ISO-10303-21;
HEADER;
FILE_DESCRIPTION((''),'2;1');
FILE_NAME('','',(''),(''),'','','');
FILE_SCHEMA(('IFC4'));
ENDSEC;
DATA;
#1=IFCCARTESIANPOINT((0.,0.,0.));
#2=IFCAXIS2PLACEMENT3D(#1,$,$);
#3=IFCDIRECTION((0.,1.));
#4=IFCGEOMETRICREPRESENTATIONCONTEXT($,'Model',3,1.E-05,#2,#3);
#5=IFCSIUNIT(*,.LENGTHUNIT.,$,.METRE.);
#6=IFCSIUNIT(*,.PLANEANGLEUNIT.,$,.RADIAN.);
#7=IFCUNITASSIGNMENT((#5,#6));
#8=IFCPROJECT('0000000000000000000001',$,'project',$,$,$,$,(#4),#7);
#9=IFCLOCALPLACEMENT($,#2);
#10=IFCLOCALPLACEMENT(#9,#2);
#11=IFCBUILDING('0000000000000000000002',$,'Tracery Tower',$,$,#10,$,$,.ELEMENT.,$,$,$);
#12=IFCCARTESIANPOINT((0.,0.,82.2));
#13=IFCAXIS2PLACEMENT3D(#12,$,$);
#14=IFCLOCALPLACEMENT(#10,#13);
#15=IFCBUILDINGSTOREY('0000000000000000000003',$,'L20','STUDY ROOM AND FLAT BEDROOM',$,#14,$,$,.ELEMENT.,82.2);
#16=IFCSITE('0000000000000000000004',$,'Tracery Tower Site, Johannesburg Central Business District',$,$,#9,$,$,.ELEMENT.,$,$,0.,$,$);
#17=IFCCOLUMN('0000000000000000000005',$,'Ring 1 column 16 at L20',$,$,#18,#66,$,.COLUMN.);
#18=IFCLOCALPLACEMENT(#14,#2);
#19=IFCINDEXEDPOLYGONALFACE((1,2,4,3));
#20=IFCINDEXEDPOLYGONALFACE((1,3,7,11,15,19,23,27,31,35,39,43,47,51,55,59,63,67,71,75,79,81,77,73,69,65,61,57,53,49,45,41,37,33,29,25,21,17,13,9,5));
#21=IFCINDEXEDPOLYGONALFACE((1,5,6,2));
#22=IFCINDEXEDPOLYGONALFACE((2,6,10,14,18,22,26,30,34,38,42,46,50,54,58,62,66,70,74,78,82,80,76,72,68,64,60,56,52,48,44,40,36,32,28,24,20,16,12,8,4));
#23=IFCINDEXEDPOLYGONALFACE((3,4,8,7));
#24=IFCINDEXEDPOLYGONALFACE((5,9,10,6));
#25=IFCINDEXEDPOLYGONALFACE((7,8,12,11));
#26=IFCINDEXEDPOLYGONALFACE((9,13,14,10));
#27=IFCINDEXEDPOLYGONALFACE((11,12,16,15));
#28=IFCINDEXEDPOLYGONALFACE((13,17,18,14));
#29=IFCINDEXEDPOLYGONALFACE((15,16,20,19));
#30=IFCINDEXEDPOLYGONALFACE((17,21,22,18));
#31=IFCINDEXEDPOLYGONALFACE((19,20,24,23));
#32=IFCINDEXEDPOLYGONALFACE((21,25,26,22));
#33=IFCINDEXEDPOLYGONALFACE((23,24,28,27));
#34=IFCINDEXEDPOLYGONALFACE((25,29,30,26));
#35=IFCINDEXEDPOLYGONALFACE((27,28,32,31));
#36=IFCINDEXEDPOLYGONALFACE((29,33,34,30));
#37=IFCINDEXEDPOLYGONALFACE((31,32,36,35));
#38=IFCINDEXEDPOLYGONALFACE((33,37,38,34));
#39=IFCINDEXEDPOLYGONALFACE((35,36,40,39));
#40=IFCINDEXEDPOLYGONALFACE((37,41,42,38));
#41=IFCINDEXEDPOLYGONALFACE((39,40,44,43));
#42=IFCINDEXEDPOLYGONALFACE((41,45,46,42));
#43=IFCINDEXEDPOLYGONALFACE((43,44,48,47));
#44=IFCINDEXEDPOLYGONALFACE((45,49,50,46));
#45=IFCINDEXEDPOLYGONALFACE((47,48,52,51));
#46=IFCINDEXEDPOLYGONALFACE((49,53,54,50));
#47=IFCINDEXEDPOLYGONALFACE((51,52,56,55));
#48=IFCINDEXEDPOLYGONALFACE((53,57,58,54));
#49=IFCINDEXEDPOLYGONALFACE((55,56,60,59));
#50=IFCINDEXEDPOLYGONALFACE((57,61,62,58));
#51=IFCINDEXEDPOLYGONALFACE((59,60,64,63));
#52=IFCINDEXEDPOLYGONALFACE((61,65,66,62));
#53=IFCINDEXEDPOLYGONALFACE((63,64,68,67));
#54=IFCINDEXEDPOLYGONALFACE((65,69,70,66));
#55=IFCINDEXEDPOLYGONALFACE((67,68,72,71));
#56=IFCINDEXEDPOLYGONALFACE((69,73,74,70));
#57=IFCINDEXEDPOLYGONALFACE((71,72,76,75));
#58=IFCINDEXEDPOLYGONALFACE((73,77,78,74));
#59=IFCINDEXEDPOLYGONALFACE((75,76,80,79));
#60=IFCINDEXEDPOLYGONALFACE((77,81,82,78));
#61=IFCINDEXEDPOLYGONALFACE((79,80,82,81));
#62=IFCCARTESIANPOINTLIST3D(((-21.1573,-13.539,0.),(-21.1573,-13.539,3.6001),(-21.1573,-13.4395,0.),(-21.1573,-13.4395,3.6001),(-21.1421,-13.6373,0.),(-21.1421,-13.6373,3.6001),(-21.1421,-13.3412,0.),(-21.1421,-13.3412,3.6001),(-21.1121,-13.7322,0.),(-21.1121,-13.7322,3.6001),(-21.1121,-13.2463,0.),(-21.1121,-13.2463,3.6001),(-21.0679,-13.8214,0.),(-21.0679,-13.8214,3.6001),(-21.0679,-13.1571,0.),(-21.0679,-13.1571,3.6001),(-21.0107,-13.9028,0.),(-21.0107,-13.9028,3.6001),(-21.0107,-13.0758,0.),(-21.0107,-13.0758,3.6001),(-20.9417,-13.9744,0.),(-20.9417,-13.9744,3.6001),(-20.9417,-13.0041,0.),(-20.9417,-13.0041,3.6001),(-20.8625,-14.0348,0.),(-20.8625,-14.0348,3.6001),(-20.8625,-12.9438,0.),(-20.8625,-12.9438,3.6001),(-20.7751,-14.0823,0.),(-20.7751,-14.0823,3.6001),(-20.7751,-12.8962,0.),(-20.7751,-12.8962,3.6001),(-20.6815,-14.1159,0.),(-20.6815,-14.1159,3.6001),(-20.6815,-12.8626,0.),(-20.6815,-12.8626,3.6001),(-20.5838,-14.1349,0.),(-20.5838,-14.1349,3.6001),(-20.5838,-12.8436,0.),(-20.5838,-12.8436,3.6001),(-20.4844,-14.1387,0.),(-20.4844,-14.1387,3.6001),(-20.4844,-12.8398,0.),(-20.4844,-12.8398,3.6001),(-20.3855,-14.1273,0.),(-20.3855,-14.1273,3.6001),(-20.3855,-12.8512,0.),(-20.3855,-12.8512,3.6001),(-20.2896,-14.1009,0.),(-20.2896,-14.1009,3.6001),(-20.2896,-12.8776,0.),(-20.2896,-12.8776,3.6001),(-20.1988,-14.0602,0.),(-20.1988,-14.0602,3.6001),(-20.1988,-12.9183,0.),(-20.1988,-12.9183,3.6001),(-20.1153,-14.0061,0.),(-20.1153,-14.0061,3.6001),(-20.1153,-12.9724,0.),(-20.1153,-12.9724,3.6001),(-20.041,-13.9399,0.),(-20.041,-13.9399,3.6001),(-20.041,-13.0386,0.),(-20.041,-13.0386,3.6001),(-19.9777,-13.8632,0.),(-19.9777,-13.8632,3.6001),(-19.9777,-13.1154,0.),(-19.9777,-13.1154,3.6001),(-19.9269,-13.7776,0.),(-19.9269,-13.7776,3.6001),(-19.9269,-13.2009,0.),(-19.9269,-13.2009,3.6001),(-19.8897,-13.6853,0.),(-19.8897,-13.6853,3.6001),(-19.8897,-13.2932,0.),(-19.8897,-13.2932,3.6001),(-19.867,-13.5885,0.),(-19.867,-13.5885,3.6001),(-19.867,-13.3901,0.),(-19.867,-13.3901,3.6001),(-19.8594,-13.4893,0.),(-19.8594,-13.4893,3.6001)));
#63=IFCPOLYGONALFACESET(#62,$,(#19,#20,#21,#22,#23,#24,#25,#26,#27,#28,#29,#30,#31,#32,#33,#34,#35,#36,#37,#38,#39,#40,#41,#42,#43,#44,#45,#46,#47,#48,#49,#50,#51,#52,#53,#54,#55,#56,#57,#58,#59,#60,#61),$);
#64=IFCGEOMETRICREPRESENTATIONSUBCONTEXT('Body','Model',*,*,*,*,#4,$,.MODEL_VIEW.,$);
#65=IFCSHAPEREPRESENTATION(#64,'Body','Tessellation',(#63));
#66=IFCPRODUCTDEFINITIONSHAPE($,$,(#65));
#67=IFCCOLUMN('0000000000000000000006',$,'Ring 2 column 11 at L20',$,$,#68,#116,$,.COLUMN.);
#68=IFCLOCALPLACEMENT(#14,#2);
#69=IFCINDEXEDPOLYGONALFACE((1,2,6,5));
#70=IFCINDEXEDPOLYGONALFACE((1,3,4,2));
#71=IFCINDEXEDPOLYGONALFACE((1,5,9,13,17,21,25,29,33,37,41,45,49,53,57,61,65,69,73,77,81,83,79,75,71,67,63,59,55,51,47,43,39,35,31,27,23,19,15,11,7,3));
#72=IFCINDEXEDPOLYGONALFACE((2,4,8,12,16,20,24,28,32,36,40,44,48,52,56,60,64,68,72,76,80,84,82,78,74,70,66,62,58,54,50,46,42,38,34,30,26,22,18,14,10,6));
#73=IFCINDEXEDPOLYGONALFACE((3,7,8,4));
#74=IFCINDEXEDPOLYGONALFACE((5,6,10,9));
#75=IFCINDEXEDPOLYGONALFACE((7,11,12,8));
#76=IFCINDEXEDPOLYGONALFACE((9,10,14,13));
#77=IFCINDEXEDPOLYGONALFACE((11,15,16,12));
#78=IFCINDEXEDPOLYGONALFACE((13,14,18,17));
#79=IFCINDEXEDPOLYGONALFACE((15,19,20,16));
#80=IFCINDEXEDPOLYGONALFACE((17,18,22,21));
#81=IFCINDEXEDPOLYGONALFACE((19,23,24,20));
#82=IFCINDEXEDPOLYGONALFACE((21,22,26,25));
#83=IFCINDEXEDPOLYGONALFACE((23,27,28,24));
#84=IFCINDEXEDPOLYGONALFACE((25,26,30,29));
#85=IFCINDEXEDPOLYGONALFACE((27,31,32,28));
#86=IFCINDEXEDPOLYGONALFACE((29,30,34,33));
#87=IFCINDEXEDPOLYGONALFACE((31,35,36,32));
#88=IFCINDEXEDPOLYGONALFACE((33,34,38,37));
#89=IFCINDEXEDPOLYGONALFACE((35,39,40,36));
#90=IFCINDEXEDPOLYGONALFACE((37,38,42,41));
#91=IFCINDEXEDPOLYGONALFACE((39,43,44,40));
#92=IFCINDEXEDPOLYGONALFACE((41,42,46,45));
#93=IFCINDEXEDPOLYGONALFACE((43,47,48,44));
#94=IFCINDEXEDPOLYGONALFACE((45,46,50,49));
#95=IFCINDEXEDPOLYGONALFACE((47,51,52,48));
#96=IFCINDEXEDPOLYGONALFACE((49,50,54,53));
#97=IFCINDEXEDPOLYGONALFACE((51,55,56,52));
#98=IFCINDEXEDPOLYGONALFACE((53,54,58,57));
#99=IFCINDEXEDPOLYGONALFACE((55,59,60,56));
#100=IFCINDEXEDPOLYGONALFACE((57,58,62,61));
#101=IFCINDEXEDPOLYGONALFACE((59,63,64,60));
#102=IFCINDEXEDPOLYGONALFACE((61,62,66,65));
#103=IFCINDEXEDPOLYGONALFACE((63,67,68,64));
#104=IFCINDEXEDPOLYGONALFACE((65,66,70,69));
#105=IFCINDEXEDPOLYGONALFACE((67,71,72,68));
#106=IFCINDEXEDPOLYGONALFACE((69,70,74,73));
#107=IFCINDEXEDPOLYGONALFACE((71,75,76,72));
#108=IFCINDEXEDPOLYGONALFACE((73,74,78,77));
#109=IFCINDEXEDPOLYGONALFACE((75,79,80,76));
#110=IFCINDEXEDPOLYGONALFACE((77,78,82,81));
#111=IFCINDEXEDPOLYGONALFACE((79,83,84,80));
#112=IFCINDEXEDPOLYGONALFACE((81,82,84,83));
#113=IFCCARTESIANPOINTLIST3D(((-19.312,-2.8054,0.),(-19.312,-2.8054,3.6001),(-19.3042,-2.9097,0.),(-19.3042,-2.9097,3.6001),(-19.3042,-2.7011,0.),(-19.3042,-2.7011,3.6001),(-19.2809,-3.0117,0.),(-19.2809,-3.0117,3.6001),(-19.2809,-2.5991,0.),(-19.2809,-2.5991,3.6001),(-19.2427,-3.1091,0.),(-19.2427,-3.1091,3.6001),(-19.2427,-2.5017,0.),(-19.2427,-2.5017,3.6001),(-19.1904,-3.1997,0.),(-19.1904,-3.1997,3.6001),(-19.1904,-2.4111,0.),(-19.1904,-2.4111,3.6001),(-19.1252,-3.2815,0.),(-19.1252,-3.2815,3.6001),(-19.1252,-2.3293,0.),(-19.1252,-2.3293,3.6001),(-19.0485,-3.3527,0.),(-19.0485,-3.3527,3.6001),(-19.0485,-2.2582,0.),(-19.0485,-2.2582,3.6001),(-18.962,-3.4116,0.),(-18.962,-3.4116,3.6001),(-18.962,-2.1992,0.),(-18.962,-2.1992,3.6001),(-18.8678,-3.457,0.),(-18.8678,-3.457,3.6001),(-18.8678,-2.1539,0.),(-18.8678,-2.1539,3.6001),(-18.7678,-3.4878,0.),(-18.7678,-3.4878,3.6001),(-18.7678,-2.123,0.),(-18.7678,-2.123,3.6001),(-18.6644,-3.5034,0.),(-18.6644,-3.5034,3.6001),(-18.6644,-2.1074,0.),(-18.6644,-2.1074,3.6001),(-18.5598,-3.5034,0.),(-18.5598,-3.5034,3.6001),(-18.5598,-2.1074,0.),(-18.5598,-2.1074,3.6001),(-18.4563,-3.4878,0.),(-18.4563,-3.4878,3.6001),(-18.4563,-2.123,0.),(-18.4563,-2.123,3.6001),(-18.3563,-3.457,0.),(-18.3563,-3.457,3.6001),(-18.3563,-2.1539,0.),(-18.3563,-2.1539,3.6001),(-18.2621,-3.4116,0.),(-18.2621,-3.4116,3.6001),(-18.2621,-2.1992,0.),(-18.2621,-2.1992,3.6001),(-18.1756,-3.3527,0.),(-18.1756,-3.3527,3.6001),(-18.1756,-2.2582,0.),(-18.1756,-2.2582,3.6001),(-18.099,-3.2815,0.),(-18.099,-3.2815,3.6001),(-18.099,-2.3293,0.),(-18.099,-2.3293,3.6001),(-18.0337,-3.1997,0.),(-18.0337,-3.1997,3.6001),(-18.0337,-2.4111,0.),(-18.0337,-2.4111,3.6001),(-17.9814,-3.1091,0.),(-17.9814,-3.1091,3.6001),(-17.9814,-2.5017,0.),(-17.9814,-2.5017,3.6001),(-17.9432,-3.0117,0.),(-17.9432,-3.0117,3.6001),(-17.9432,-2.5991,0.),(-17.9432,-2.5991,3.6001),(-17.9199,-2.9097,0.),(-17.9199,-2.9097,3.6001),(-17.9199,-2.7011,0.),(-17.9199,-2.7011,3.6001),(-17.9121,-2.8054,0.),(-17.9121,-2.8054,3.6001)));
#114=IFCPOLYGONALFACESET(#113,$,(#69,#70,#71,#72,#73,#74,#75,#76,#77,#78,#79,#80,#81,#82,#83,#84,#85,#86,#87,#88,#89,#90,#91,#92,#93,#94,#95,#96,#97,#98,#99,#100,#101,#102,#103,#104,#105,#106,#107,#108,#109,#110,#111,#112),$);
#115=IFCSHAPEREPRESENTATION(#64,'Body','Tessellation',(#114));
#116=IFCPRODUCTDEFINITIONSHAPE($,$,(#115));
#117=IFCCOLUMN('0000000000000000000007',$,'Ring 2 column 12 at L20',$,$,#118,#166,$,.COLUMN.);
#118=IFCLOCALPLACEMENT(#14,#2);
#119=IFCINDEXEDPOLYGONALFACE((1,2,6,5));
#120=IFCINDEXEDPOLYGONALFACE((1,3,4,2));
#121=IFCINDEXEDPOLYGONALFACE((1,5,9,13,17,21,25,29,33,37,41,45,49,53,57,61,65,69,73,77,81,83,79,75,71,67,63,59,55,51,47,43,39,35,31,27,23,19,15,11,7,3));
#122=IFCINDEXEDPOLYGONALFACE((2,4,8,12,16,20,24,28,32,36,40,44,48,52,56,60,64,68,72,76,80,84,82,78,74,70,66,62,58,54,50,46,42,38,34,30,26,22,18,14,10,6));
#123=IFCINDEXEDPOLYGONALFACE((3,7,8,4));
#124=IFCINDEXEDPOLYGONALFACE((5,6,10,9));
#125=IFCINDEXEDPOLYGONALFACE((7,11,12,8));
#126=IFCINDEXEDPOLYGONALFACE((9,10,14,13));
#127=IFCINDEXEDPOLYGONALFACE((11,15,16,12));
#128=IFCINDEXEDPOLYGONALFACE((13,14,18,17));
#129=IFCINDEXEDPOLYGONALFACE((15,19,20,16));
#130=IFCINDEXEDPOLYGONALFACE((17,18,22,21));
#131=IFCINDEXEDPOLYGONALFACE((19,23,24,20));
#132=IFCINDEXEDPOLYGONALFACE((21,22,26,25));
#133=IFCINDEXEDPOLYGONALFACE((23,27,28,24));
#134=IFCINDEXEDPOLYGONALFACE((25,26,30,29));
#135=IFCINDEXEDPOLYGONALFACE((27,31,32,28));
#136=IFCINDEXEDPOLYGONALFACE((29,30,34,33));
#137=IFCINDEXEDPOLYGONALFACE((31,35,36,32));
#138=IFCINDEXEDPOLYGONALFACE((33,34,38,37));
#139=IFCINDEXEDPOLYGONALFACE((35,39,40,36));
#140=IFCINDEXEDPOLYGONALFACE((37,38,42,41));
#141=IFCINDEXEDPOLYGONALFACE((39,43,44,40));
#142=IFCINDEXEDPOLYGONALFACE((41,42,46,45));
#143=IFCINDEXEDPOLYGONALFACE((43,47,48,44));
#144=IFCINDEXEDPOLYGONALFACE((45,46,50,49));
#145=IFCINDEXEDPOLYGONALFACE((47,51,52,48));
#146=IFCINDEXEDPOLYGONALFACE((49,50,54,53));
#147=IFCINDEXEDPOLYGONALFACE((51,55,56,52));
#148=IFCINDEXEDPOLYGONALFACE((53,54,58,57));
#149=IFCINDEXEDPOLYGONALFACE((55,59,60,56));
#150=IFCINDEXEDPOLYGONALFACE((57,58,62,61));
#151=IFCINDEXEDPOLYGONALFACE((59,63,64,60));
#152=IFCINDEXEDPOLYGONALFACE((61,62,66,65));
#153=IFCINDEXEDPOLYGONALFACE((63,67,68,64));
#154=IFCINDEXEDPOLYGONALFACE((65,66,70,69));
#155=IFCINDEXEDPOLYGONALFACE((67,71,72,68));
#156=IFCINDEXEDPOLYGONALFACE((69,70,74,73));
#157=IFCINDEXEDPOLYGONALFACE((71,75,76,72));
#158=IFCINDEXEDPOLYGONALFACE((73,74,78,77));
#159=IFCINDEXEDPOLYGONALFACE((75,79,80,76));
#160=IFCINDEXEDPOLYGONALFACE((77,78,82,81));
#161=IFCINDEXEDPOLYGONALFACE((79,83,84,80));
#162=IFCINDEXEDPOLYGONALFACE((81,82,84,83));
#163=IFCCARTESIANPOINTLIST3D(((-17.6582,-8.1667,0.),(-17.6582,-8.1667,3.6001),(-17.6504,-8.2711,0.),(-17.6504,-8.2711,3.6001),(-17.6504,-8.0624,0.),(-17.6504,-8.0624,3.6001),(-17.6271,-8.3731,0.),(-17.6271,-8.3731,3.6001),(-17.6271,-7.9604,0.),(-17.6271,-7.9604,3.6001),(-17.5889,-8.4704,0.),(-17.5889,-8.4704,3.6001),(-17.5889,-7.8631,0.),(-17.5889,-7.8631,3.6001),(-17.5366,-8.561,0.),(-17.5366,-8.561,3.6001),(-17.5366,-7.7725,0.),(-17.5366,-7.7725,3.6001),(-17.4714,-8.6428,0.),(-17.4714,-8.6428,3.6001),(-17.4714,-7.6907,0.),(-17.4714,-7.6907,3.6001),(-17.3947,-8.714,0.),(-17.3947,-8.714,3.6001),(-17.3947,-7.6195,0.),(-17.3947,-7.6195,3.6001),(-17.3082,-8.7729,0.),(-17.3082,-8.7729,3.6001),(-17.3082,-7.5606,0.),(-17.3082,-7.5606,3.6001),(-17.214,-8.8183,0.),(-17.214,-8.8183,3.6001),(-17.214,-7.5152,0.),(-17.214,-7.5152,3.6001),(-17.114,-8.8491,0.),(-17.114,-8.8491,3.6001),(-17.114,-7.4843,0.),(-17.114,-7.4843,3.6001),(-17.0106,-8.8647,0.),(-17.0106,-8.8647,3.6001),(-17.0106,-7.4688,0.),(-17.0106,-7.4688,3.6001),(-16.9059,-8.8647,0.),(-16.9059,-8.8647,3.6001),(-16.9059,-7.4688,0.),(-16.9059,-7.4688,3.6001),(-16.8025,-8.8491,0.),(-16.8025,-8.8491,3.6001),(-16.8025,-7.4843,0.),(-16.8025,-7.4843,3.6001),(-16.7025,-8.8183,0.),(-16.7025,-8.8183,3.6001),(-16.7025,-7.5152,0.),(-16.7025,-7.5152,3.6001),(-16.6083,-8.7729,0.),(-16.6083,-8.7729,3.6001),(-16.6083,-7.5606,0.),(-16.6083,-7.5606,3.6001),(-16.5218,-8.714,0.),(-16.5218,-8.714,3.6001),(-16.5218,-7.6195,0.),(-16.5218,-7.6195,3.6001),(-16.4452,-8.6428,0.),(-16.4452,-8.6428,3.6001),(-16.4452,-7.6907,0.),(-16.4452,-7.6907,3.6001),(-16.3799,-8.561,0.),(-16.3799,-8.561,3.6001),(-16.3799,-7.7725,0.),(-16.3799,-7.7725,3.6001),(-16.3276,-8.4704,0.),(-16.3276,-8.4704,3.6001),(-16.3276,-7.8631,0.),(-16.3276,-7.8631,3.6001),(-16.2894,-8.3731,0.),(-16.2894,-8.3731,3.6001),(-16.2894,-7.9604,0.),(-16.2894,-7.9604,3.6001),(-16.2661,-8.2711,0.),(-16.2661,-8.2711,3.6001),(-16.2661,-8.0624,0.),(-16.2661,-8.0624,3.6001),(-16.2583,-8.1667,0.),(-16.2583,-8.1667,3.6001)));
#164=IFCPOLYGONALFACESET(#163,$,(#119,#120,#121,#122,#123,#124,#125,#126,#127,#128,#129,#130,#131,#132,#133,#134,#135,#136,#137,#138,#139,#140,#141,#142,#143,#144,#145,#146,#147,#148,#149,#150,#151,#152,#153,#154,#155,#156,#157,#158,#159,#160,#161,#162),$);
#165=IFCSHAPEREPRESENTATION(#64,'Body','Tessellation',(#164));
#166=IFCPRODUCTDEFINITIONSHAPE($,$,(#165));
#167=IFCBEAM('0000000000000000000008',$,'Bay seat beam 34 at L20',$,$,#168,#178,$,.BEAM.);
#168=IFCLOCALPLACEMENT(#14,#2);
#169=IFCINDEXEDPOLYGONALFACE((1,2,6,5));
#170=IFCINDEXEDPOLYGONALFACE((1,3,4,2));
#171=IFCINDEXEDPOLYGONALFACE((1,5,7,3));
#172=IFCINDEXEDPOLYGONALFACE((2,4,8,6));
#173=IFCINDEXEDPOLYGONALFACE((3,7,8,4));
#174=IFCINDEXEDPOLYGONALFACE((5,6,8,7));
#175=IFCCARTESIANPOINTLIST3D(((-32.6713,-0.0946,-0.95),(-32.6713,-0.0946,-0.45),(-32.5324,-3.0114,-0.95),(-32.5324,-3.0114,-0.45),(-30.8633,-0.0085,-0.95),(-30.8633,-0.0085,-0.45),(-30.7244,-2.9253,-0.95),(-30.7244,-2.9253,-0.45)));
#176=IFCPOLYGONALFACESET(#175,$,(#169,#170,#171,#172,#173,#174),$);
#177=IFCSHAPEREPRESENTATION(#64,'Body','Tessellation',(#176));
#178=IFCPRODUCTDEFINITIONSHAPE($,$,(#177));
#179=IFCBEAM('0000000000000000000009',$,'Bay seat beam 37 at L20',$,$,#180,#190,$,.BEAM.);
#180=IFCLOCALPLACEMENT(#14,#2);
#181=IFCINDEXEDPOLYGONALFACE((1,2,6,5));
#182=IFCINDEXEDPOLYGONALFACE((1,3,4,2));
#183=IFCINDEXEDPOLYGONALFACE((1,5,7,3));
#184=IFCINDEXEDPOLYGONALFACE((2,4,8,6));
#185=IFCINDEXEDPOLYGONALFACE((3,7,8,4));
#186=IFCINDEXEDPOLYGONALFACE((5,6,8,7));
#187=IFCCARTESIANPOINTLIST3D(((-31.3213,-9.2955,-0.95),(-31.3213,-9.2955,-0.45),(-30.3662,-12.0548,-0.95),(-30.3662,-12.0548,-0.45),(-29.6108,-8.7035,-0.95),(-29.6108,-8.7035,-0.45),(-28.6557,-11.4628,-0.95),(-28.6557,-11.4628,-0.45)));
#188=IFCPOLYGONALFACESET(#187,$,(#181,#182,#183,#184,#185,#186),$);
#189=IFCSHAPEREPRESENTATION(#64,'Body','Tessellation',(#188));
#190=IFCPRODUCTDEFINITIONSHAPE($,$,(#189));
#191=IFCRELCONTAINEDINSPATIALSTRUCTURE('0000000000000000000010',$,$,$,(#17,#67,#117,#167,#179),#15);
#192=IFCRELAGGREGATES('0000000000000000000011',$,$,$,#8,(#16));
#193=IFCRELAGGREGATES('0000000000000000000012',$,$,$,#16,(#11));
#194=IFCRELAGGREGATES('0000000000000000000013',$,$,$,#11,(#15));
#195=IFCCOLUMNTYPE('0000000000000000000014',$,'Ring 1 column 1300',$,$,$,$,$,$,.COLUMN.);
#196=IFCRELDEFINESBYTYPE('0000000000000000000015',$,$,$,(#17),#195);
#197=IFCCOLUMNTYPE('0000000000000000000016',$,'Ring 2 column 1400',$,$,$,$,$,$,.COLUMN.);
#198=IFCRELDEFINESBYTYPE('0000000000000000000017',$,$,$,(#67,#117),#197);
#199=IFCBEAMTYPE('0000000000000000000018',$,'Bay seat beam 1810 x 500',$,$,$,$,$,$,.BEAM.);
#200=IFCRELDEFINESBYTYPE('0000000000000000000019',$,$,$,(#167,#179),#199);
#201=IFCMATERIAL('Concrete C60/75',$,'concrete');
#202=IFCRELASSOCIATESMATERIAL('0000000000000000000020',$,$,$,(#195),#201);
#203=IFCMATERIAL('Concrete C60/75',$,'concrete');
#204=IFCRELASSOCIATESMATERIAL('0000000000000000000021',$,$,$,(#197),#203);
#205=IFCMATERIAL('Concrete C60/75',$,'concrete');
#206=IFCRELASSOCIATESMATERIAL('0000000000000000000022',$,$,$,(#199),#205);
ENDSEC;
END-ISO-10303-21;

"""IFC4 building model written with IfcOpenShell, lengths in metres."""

from ifc_helpers import new_model, si_unit, direction, frame, origin, origin_2d, place, context, subcontext, project, spatial, rectangle, circle, extrude, material, material_profile, profile_set, type_object, element, save


model = new_model("IFC4")

# Units and contexts
model_context = context("Model", 3, precision=1e-05, world=origin(), true_north=direction((0.0, 1.0)))
body_context = subcontext(model_context, "Body", "Model", "MODEL_VIEW")
ifc_project = project(units=[si_unit("LENGTHUNIT", "METRE"), si_unit("PLANEANGLEUNIT", "RADIAN")], contexts=[model_context])

# Site, building, storey
site_placement = place(None, origin())
site = spatial("IfcSite", under=ifc_project, at=site_placement, Name="Tracery Tower Site, Johannesburg Central Business District", CompositionType="ELEMENT", RefElevation=0.0)
building_placement = place(site_placement, origin())
building = spatial("IfcBuilding", under=site, at=building_placement, Name="Tracery Tower", CompositionType="ELEMENT")
storey_placement = place(building_placement, frame((0.0, 0.0, 82.2)))
storey = spatial("IfcBuildingStorey", under=building, at=storey_placement, Name="L20", Description="STUDY ROOM AND FLAT BEDROOM", CompositionType="ELEMENT", Elevation=82.2)

# Columns
ifc_material_1 = material(Name="Concrete C60/75", Category="concrete")
ifc_material_profile_1 = material_profile(ifc_material_1, circle(Radius=0.6499, at=origin_2d()), Name="RC D1300")
ifc_profile_set_1 = profile_set([ifc_material_profile_1], Name="Concrete C60/75")
column_type_1 = type_object("IfcColumnType", Name="Ring 1 column 1300", PredefinedType="COLUMN", material=ifc_profile_set_1)
for number, where, z_axis, x_axis, name in (
    (1, (-20.5093, -13.4893, 0.0), (0.0, 0.0, 1.0), (1.0, 0.0, 0.0), "Ring 1 column 16 at L20"),
):
    element("IfcColumn", number, at=place(storey_placement, frame(where, z_axis=z_axis, x_axis=x_axis)), inside=storey, type_object=column_type_1, Name=name, PredefinedType="COLUMN", context=body_context, shape_type="SweptSolid", body=[
        extrude(circle(Radius=0.6499, at=origin_2d()), origin(), (0.0, 0.0, 1.0), 3.6001),
    ])
ifc_material_2 = material(Name="Concrete C60/75", Category="concrete")
ifc_material_profile_2 = material_profile(ifc_material_2, circle(Radius=0.7, at=origin_2d()), Name="RC D1400")
ifc_profile_set_2 = profile_set([ifc_material_profile_2], Name="Concrete C60/75")
column_type_2 = type_object("IfcColumnType", Name="Ring 2 column 1400", PredefinedType="COLUMN", material=ifc_profile_set_2)
for number, where, z_axis, x_axis, name in (
    (2, (-18.6121, -2.8054, 0.0), (0.0, 0.0, 1.0), (1.0, 0.0, 0.0), "Ring 2 column 11 at L20"),
    (3, (-16.9583, -8.1667, 0.0), (0.0, 0.0, 1.0), (1.0, 0.0, 0.0), "Ring 2 column 12 at L20"),
):
    element("IfcColumn", number, at=place(storey_placement, frame(where, z_axis=z_axis, x_axis=x_axis)), inside=storey, type_object=column_type_2, Name=name, PredefinedType="COLUMN", context=body_context, shape_type="SweptSolid", body=[
        extrude(circle(Radius=0.7, at=origin_2d()), origin(), (0.0, 0.0, 1.0), 3.6001),
    ])

# Beams
ifc_material_3 = material(Name="Concrete C60/75", Category="concrete")
ifc_material_profile_3 = material_profile(ifc_material_3, rectangle(XDim=1.8101, YDim=0.5, at=origin_2d()), Name="RC 1810x500")
ifc_profile_set_3 = profile_set([ifc_material_profile_3], Name="Concrete C60/75")
beam_type_1 = type_object("IfcBeamType", Name="Bay seat beam 1810 x 500", PredefinedType="BEAM", material=ifc_profile_set_3)
beam_1_placement = place(storey_placement, frame((-31.7673, -0.0515, -0.7), z_axis=(0.047573, -0.998868, 0.0), x_axis=(0.998868, 0.047573, 0.0)))
element("IfcBeam", 4, at=beam_1_placement, inside=storey, type_object=beam_type_1, Name="Bay seat beam 34 at L20", PredefinedType="BEAM", context=body_context, shape_type="SweptSolid", body=[
    extrude(rectangle(XDim=1.8101, YDim=0.5, at=origin_2d()), origin(), (0.0, 0.0, 1.0), 2.9202),
])
beam_2_placement = place(storey_placement, frame((-30.4661, -8.9995, -0.7), z_axis=(0.327093, -0.944992, 0.0), x_axis=(0.944992, 0.327093, 0.0)))
element("IfcBeam", 5, at=beam_2_placement, inside=storey, type_object=beam_type_1, Name="Bay seat beam 37 at L20", PredefinedType="BEAM", context=body_context, shape_type="SweptSolid", body=[
    extrude(rectangle(XDim=1.8101, YDim=0.5, at=origin_2d()), origin(), (0.0, 0.0, 1.0), 2.9199),
])

save(model, "model.ifc")
